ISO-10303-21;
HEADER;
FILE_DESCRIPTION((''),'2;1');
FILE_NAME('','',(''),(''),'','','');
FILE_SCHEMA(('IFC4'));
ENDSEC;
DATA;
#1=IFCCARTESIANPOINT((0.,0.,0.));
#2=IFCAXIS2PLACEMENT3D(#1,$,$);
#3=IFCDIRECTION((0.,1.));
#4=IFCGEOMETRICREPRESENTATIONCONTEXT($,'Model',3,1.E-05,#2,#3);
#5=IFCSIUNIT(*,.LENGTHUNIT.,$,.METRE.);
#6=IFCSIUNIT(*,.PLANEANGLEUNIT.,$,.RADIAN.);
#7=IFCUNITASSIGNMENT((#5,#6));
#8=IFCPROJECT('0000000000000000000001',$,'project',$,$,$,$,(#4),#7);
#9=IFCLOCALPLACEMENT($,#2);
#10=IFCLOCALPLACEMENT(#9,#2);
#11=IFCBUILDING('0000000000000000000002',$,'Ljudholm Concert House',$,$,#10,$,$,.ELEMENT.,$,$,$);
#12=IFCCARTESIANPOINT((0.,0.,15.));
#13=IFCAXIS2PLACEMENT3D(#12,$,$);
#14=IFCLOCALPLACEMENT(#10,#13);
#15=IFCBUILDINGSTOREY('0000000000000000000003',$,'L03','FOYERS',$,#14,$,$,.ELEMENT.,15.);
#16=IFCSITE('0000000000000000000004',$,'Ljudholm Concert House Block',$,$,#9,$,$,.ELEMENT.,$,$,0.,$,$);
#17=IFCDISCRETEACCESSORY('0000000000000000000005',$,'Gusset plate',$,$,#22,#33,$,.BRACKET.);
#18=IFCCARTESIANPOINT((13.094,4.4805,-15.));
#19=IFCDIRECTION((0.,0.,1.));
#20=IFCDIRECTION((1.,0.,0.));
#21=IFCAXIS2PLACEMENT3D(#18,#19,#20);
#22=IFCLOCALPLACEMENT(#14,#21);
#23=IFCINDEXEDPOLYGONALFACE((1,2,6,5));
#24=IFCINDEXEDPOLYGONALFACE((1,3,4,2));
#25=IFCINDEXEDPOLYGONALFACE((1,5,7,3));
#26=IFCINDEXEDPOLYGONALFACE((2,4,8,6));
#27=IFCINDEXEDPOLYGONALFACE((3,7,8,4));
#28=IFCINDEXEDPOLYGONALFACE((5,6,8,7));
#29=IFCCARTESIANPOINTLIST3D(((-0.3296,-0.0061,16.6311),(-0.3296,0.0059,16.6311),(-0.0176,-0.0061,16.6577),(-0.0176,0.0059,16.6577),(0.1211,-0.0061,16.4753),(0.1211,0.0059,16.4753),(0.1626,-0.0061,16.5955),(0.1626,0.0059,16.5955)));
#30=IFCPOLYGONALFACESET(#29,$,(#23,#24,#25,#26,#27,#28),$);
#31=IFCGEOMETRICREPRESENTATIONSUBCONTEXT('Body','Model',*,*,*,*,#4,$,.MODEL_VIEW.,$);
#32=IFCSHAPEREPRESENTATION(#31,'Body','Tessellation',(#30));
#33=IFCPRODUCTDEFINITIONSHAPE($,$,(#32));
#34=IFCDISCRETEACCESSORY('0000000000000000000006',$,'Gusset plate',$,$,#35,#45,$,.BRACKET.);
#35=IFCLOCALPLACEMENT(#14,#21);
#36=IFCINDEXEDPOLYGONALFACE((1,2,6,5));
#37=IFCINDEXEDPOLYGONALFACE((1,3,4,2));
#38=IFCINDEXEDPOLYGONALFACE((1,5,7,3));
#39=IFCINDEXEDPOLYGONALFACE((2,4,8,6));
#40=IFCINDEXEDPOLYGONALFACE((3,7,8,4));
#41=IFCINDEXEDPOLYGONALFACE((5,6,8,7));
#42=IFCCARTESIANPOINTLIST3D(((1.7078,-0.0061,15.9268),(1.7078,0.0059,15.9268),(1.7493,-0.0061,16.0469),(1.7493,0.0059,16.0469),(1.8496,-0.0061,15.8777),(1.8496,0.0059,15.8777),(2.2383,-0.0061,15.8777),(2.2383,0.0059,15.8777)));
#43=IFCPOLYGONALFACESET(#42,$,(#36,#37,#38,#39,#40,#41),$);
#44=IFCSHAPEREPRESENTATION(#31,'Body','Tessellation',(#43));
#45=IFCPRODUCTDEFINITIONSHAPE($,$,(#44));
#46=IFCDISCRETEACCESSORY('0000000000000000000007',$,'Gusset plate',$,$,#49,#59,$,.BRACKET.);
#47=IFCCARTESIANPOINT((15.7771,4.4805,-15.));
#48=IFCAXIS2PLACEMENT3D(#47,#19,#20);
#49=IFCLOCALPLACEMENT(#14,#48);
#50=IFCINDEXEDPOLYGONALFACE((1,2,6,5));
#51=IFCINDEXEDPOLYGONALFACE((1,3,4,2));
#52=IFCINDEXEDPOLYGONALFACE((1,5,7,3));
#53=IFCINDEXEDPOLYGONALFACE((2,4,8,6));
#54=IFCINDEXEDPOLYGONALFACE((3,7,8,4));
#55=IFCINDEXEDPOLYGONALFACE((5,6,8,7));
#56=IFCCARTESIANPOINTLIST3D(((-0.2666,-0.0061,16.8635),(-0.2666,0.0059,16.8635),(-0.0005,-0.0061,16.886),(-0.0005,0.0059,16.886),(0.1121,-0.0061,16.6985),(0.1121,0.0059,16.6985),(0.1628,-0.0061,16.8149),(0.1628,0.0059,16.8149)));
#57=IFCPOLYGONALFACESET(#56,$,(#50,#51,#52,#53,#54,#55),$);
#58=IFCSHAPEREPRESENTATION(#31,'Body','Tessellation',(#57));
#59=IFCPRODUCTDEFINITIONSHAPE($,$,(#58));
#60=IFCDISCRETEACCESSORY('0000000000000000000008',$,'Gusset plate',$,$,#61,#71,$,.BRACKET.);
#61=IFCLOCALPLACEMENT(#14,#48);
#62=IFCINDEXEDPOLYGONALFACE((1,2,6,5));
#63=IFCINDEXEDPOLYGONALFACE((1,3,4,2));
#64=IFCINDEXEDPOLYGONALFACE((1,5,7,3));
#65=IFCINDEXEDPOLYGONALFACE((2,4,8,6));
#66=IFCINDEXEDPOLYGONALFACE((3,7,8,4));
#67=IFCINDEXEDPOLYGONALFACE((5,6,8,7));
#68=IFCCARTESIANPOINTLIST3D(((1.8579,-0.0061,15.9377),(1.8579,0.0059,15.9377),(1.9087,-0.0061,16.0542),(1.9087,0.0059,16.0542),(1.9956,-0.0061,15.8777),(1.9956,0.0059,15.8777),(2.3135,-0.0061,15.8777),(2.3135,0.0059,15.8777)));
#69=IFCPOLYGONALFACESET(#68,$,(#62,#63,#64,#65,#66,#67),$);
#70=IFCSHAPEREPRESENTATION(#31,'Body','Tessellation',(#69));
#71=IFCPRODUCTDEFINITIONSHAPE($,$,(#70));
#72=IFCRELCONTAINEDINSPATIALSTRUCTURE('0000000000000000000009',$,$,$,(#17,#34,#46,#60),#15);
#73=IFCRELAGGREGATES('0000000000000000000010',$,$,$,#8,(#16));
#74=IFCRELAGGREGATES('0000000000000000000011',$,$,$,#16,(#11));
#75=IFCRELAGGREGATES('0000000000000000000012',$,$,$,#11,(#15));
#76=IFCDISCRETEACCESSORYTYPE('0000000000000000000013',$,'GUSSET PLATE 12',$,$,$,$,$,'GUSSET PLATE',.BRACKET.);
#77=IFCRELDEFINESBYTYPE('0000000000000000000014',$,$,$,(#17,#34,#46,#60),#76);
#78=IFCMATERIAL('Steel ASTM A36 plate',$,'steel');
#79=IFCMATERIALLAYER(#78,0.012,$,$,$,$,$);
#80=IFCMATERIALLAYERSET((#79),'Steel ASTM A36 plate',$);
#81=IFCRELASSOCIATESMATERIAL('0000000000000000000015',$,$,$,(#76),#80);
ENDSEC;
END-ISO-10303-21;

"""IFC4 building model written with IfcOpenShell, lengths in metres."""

from ifc_helpers import new_model, si_unit, direction, frame, origin, place, context, subcontext, project, spatial, polyline, outline, extrude, material, layer, layer_set, type_object, element, save


model = new_model("IFC4")

# Units and contexts
model_context = context("Model", 3, precision=1e-05, world=origin(), true_north=direction((0.0, 1.0)))
body_context = subcontext(model_context, "Body", "Model", "MODEL_VIEW")
ifc_project = project(units=[si_unit("LENGTHUNIT", "METRE"), si_unit("PLANEANGLEUNIT", "RADIAN")], contexts=[model_context])

# Site, building, storey
site_placement = place(None, origin())
site = spatial("IfcSite", under=ifc_project, at=site_placement, Name="Ljudholm Concert House Block", CompositionType="ELEMENT", RefElevation=0.0)
building_placement = place(site_placement, origin())
building = spatial("IfcBuilding", under=site, at=building_placement, Name="Ljudholm Concert House", CompositionType="ELEMENT")
storey_placement = place(building_placement, frame((0.0, 0.0, 15.0)))
storey = spatial("IfcBuildingStorey", under=building, at=storey_placement, Name="L03", Description="FOYERS", CompositionType="ELEMENT", Elevation=15.0)

# Discrete accessories
ifc_material_1 = material(Name="Steel ASTM A36 plate", Category="steel")
ifc_layer_1 = layer(ifc_material_1, 0.012)
ifc_layer_set_1 = layer_set([ifc_layer_1], Name="Steel ASTM A36 plate")
discrete_accessory_type = type_object("IfcDiscreteAccessoryType", Name="GUSSET PLATE 12", ElementType="GUSSET PLATE", PredefinedType="BRACKET", material=ifc_layer_set_1)
discrete_accessory_1_placement = place(storey_placement, frame((13.094, 4.4805, -15.0), z_axis=(0.0, 0.0, 1.0), x_axis=(1.0, 0.0, 0.0)))
element("IfcDiscreteAccessory", 1, at=discrete_accessory_1_placement, inside=storey, type_object=discrete_accessory_type, Name="Gusset plate", PredefinedType="BRACKET", context=body_context, shape_type="SweptSolid", body=[
    extrude(outline(polyline([(0.1211, 16.4753), (-0.3296, 16.6311), (-0.0176, 16.6577), (0.1626, 16.5955), (0.1211, 16.4753)])), frame((0.0, 0.0059, 0.0), z_axis=(0.0, -1.0, 0.0), x_axis=(1.0, 0.0, 0.0)), (0.0, 0.0, 1.0), 0.012),
])
discrete_accessory_2_placement = place(storey_placement, frame((13.094, 4.4805, -15.0), z_axis=(0.0, 0.0, 1.0), x_axis=(1.0, 0.0, 0.0)))
element("IfcDiscreteAccessory", 2, at=discrete_accessory_2_placement, inside=storey, type_object=discrete_accessory_type, Name="Gusset plate", PredefinedType="BRACKET", context=body_context, shape_type="SweptSolid", body=[
    extrude(outline(polyline([(1.7493, 16.0469), (2.2383, 15.8777), (1.8496, 15.8777), (1.7078, 15.9268), (1.7493, 16.0469)])), frame((0.0, 0.0059, 0.0), z_axis=(0.0, -1.0, 0.0), x_axis=(1.0, 0.0, 0.0)), (0.0, 0.0, 1.0), 0.012),
])
discrete_accessory_3_placement = place(storey_placement, frame((15.7771, 4.4805, -15.0), z_axis=(0.0, 0.0, 1.0), x_axis=(1.0, 0.0, 0.0)))
element("IfcDiscreteAccessory", 3, at=discrete_accessory_3_placement, inside=storey, type_object=discrete_accessory_type, Name="Gusset plate", PredefinedType="BRACKET", context=body_context, shape_type="SweptSolid", body=[
    extrude(outline(polyline([(0.1121, 16.6985), (-0.2666, 16.8635), (-0.0005, 16.886), (0.1628, 16.8149), (0.1121, 16.6985)])), frame((0.0, 0.0059, 0.0), z_axis=(0.0, -1.0, 0.0), x_axis=(1.0, 0.0, 0.0)), (0.0, 0.0, 1.0), 0.012),
])
discrete_accessory_4_placement = place(storey_placement, frame((15.7771, 4.4805, -15.0), z_axis=(0.0, 0.0, 1.0), x_axis=(1.0, 0.0, 0.0)))
element("IfcDiscreteAccessory", 4, at=discrete_accessory_4_placement, inside=storey, type_object=discrete_accessory_type, Name="Gusset plate", PredefinedType="BRACKET", context=body_context, shape_type="SweptSolid", body=[
    extrude(outline(polyline([(1.9087, 16.0542), (2.3135, 15.8777), (1.9956, 15.8777), (1.8579, 15.9377), (1.9087, 16.0542)])), frame((0.0, 0.0059, 0.0), z_axis=(0.0, -1.0, 0.0), x_axis=(1.0, 0.0, 0.0)), (0.0, 0.0, 1.0), 0.012),
])

save(model, "model.ifc")
